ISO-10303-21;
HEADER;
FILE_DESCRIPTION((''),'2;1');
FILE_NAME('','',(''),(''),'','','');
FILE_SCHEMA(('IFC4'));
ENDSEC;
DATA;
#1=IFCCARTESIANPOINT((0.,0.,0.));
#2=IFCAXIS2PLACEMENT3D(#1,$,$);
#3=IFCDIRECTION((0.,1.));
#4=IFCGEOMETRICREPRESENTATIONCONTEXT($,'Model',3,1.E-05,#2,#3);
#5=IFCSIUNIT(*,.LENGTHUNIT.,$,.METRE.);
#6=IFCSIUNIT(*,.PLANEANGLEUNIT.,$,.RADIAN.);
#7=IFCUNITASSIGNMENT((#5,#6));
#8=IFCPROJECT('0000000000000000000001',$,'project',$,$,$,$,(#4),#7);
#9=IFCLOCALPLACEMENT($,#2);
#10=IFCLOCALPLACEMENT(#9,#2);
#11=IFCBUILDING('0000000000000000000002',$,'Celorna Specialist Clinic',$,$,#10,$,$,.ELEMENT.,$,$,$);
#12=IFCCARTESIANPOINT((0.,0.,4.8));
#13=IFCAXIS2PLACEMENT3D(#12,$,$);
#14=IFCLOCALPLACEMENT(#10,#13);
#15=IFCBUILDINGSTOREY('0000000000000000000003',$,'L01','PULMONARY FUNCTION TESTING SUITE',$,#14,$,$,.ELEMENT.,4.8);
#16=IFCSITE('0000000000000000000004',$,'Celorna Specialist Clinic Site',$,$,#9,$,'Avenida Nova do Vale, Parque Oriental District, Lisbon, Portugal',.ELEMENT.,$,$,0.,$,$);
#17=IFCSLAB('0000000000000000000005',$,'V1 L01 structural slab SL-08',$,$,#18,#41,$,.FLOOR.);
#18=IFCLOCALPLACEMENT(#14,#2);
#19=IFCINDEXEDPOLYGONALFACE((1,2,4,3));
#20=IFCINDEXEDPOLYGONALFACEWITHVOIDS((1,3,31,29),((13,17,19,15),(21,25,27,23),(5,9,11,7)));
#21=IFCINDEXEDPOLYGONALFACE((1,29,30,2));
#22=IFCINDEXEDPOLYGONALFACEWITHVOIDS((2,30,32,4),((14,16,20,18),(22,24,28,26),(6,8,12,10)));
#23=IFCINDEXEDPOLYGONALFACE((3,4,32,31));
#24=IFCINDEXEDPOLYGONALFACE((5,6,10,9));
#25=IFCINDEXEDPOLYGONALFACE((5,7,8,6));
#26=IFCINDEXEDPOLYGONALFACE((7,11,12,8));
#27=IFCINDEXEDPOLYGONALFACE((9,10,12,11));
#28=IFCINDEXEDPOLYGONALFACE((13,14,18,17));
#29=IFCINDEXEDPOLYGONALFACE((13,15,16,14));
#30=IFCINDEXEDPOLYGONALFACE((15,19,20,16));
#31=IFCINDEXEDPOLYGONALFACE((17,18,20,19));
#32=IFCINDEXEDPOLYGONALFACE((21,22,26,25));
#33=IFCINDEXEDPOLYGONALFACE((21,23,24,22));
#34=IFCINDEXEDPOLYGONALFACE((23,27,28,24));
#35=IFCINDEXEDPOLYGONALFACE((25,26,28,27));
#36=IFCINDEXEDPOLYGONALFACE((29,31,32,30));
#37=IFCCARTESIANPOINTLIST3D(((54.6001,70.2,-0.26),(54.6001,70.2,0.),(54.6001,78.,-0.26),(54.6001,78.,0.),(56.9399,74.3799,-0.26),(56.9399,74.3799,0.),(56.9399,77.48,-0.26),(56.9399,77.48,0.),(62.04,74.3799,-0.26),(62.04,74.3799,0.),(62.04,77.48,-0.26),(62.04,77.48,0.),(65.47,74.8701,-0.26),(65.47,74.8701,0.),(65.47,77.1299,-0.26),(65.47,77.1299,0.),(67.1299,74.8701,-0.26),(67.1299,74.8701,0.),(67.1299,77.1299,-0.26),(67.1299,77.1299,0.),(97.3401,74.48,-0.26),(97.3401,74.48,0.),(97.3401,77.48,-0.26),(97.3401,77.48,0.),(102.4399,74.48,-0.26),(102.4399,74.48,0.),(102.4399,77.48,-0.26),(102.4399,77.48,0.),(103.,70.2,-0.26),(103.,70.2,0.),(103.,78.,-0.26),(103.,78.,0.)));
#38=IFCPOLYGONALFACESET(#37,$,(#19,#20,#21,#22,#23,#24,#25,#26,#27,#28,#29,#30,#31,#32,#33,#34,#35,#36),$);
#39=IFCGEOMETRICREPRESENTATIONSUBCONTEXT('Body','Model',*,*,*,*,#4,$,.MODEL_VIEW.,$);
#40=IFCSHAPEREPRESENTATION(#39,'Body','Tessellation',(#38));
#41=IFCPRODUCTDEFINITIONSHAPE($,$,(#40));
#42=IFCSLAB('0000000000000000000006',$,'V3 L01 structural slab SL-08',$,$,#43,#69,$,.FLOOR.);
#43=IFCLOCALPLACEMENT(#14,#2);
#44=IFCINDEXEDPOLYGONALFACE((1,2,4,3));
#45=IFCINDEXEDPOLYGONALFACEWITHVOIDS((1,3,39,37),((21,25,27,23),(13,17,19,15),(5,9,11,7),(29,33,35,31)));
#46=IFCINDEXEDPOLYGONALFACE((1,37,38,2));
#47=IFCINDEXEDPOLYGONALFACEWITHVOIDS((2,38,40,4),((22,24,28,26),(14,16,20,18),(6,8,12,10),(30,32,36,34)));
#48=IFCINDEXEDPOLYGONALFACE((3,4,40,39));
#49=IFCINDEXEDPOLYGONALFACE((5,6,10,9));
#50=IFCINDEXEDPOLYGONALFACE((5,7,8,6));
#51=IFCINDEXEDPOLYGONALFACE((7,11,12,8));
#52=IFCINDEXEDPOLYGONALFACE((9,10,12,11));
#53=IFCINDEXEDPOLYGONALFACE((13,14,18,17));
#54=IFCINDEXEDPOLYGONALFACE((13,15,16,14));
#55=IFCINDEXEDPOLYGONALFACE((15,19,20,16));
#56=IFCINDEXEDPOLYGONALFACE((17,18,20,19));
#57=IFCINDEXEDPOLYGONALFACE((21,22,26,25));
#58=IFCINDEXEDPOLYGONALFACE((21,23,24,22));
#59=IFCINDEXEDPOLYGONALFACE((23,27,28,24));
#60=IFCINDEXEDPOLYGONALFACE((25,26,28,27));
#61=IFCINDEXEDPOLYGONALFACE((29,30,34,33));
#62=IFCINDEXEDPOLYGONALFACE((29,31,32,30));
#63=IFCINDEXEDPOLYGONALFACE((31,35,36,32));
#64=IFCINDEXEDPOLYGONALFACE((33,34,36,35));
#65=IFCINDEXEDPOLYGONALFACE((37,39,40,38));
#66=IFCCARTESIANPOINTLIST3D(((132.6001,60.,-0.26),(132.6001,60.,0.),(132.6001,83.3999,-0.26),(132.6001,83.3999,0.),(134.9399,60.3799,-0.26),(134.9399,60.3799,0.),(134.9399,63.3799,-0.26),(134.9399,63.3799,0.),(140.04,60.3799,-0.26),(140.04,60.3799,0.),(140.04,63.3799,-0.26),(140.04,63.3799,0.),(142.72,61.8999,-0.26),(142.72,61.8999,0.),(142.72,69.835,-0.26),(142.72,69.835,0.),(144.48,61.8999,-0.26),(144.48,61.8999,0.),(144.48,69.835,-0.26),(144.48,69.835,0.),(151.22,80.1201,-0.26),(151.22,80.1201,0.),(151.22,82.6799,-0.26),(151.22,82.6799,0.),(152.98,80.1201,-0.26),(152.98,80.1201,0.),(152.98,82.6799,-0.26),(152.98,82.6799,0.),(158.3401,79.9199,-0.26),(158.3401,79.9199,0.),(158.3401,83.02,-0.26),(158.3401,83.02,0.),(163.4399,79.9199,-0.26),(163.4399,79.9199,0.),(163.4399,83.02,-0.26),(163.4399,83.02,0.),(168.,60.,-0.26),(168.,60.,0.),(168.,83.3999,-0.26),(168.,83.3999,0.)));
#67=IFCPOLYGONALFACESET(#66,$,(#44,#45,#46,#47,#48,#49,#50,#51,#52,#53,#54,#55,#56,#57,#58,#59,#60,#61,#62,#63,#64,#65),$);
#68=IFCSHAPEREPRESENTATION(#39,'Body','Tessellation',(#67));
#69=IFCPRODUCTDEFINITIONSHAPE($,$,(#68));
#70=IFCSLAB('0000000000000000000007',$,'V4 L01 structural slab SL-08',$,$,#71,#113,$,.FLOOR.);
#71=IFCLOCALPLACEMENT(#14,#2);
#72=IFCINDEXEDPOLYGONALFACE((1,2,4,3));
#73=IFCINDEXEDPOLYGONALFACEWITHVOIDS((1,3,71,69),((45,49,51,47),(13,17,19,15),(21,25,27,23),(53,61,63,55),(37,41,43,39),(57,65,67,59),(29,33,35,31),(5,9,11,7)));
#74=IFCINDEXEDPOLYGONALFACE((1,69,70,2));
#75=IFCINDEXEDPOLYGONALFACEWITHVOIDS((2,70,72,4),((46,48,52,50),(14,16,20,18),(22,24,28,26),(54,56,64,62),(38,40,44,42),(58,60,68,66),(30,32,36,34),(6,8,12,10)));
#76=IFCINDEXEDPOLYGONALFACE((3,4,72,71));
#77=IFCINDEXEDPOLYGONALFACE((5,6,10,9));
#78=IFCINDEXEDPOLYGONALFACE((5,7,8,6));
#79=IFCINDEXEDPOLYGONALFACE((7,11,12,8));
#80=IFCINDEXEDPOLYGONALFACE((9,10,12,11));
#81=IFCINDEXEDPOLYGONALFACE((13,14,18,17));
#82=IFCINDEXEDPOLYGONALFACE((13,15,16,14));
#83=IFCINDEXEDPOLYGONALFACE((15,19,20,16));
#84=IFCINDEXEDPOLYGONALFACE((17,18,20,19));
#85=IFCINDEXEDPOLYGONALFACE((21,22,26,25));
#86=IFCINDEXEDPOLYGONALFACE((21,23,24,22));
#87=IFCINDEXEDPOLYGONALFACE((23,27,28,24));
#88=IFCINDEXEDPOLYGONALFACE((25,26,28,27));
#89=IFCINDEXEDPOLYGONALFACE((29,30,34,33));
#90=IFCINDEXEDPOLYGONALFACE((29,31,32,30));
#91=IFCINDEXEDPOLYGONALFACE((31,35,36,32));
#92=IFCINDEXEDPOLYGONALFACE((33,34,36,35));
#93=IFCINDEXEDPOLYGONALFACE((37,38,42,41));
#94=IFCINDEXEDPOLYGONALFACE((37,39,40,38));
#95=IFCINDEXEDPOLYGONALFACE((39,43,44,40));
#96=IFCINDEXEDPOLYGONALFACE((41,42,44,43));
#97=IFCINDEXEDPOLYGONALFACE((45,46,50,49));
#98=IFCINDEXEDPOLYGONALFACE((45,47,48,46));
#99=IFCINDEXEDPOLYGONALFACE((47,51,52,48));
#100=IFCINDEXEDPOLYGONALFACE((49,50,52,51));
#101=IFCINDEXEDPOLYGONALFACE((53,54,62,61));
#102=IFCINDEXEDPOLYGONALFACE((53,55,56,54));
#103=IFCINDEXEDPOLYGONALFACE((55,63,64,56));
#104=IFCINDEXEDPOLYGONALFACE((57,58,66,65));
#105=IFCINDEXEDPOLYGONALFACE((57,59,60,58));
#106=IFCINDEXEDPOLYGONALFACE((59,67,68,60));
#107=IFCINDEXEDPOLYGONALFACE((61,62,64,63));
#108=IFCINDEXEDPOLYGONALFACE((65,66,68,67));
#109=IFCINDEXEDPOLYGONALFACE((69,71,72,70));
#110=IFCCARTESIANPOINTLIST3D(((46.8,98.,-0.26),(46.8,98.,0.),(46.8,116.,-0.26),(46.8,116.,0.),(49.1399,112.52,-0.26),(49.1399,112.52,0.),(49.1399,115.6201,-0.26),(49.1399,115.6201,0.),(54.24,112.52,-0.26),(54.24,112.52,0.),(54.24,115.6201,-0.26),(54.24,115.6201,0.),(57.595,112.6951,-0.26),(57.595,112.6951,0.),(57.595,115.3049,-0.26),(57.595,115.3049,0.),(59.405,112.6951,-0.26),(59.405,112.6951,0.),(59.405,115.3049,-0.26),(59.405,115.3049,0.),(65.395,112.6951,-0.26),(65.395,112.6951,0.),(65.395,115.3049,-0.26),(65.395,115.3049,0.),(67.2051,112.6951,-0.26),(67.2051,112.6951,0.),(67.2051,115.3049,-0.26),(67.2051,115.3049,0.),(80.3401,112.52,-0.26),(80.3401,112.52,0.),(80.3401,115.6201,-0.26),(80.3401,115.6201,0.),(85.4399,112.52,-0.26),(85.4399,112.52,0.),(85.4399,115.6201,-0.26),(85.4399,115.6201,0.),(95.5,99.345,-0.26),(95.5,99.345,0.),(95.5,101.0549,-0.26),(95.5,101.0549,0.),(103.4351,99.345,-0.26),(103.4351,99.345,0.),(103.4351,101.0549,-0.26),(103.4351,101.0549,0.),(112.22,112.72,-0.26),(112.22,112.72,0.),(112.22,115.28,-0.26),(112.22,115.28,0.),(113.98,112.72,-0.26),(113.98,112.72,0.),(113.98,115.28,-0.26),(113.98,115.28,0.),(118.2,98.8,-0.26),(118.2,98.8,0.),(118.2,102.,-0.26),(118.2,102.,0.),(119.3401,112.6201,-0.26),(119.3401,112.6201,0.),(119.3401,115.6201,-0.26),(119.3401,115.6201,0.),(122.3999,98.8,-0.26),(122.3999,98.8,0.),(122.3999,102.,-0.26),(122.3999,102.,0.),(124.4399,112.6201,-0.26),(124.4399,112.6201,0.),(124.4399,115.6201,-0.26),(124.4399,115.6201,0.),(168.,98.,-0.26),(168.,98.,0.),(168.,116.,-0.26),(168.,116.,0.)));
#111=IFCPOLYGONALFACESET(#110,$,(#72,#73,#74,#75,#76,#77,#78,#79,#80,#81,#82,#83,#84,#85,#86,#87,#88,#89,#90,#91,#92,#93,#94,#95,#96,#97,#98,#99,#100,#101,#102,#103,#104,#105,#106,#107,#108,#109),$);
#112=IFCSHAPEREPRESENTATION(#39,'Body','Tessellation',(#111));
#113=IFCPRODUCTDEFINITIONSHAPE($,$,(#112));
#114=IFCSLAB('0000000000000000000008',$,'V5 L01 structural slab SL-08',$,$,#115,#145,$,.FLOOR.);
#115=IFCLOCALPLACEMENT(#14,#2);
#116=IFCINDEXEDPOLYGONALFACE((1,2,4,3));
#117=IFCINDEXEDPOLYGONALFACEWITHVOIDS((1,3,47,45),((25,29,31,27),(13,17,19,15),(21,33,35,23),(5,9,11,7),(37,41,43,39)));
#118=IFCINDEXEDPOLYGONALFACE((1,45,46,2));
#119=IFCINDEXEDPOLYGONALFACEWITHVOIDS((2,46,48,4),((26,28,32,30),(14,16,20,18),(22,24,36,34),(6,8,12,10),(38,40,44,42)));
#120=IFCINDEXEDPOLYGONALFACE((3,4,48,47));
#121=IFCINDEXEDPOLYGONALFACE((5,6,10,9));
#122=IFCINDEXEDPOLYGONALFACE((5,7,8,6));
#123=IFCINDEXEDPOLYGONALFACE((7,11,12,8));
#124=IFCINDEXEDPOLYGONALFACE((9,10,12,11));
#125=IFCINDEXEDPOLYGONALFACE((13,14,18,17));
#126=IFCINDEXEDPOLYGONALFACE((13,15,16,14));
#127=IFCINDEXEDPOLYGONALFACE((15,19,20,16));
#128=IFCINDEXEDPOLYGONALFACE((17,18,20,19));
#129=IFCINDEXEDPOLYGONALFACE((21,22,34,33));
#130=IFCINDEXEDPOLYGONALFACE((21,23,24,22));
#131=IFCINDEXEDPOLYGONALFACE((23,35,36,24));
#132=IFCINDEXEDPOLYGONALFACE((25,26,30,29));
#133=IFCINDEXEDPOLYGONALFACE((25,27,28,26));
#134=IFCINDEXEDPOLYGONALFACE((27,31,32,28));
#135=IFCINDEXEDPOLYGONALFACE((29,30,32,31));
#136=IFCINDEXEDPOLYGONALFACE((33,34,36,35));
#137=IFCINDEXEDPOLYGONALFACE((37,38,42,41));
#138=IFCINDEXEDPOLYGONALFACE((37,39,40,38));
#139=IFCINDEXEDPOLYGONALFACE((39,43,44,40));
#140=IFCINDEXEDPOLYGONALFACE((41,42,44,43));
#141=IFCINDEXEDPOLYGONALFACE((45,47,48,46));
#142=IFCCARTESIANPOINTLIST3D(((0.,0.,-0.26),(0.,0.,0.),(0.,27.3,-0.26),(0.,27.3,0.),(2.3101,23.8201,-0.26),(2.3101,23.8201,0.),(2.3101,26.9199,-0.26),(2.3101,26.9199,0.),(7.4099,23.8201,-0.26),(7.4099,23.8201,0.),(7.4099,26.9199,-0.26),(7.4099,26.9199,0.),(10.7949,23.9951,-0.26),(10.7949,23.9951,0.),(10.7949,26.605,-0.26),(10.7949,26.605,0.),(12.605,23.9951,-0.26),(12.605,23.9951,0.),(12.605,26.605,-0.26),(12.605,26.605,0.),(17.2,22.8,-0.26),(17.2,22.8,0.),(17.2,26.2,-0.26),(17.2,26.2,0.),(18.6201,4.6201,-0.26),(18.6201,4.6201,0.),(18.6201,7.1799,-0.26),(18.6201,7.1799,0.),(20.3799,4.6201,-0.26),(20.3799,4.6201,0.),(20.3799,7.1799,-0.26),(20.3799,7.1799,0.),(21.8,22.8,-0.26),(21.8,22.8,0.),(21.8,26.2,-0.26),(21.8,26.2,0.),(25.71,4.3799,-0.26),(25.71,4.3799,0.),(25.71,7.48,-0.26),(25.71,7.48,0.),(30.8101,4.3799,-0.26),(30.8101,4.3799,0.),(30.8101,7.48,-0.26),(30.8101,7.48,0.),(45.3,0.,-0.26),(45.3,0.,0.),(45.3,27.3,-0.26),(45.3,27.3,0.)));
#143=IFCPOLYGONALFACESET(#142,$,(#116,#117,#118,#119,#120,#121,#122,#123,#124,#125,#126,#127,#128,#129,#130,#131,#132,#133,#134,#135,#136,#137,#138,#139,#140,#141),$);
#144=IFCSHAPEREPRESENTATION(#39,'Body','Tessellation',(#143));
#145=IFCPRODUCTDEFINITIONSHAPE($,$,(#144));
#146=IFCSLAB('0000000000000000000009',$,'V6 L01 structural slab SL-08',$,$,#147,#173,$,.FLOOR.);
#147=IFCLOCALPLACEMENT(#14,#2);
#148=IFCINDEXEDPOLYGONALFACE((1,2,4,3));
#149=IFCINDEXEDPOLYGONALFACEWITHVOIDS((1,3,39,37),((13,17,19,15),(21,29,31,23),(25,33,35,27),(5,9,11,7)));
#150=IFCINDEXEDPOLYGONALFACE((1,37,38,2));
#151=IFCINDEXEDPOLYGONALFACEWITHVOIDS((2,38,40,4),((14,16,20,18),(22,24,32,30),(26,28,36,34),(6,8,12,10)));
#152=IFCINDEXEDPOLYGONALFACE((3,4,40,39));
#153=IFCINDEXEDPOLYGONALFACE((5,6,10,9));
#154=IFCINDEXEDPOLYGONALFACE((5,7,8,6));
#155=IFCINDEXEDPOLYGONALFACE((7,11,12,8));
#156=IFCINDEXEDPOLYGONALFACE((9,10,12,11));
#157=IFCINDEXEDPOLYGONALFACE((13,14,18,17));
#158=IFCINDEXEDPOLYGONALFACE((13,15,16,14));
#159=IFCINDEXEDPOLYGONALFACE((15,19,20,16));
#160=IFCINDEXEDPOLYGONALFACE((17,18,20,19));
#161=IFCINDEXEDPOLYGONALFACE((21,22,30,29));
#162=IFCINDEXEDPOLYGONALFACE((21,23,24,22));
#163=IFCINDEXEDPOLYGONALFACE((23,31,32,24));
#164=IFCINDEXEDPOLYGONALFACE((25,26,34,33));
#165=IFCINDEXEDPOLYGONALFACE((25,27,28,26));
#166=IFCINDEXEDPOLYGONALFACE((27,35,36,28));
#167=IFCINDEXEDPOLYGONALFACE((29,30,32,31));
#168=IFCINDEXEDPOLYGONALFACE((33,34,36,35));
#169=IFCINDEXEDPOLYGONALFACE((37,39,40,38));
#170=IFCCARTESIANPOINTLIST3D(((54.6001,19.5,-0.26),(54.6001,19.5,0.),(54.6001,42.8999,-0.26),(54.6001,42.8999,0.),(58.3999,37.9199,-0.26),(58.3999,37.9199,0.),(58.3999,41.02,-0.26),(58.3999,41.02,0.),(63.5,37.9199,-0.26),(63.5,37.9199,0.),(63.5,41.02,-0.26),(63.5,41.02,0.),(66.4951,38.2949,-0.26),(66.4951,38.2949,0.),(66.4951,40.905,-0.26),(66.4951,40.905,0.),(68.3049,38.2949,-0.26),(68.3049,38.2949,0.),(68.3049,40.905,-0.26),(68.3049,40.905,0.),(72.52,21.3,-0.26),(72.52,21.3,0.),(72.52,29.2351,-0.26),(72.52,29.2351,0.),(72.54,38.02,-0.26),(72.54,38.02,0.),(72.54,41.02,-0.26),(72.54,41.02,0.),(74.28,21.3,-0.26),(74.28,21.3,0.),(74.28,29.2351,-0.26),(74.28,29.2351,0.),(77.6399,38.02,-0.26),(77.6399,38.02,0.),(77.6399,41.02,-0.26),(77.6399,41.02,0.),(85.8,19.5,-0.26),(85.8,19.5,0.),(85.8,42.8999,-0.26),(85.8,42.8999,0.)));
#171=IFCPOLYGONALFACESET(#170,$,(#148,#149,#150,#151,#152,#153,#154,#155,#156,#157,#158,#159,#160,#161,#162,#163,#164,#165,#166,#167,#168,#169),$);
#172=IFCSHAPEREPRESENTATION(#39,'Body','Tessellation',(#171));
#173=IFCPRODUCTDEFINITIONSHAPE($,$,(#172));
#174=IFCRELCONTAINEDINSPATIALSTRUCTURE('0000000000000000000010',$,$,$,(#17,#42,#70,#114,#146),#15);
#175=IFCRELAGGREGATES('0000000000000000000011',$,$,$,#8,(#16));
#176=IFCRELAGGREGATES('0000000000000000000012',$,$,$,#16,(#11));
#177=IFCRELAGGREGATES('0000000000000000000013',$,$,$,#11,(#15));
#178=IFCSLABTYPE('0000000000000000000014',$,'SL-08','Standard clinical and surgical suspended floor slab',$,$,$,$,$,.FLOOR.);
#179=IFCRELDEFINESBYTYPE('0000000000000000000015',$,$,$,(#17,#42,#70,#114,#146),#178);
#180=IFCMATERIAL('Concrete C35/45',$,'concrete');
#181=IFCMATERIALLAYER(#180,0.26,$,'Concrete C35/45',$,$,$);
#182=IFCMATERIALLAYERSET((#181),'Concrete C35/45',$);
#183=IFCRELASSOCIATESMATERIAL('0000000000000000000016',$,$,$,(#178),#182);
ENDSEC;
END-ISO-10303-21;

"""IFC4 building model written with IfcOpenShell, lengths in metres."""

from ifc_helpers import new_model, si_unit, direction, frame, origin, place, context, subcontext, project, spatial, polyline, outline, extrude, material, layer, layer_set, type_object, element, save


model = new_model("IFC4")

# Units and contexts
model_context = context("Model", 3, precision=1e-05, world=origin(), true_north=direction((0.0, 1.0)))
body_context = subcontext(model_context, "Body", "Model", "MODEL_VIEW")
ifc_project = project(units=[si_unit("LENGTHUNIT", "METRE"), si_unit("PLANEANGLEUNIT", "RADIAN")], contexts=[model_context])

# Site, building, storey
site_placement = place(None, origin())
site = spatial("IfcSite", under=ifc_project, at=site_placement, Name="Celorna Specialist Clinic Site", LongName="Avenida Nova do Vale, Parque Oriental District, Lisbon, Portugal", CompositionType="ELEMENT", RefElevation=0.0)
building_placement = place(site_placement, origin())
building = spatial("IfcBuilding", under=site, at=building_placement, Name="Celorna Specialist Clinic", CompositionType="ELEMENT")
storey_placement = place(building_placement, frame((0.0, 0.0, 4.8)))
storey = spatial("IfcBuildingStorey", under=building, at=storey_placement, Name="L01", Description="PULMONARY FUNCTION TESTING SUITE", CompositionType="ELEMENT", Elevation=4.8)

# Slabs
ifc_material_1 = material(Name="Concrete C35/45", Category="concrete")
ifc_layer_1 = layer(ifc_material_1, 0.26, Name="Concrete C35/45")
ifc_layer_set_1 = layer_set([ifc_layer_1], Name="Concrete C35/45")
slab_type_1 = type_object("IfcSlabType", Name="SL-08", Description="Standard clinical and surgical suspended floor slab", PredefinedType="FLOOR", material=ifc_layer_set_1)
slab_1_placement = place(storey_placement, frame((0.0, 0.0, -0.26)))
element("IfcSlab", 1, at=slab_1_placement, inside=storey, type_object=slab_type_1, Name="V1 L01 structural slab SL-08", PredefinedType="FLOOR", context=body_context, shape_type="SweptSolid", body=[
    extrude(outline(polyline([(103.0, 70.2), (103.0, 78.0), (54.6001, 78.0), (54.6001, 70.2), (103.0, 70.2)]), holes=[polyline([(56.9399, 74.3799), (62.04, 74.3799), (62.04, 77.48), (56.9399, 77.48), (56.9399, 74.3799)]), polyline([(97.3401, 74.48), (102.4399, 74.48), (102.4399, 77.48), (97.3401, 77.48), (97.3401, 74.48)]), polyline([(65.47, 74.8701), (67.1299, 74.8701), (67.1299, 77.1299), (65.47, 77.1299), (65.47, 74.8701)])]), origin(), (0.0, 0.0, 1.0), 0.26),
])
slab_2_placement = place(storey_placement, frame((0.0, 0.0, -0.26)))
element("IfcSlab", 2, at=slab_2_placement, inside=storey, type_object=slab_type_1, Name="V3 L01 structural slab SL-08", PredefinedType="FLOOR", context=body_context, shape_type="SweptSolid", body=[
    extrude(outline(polyline([(168.0, 60.0), (168.0, 83.3999), (132.6001, 83.3999), (132.6001, 60.0), (168.0, 60.0)]), holes=[polyline([(158.3401, 79.9199), (163.4399, 79.9199), (163.4399, 83.02), (158.3401, 83.02), (158.3401, 79.9199)]), polyline([(134.9399, 60.3799), (140.04, 60.3799), (140.04, 63.3799), (134.9399, 63.3799), (134.9399, 60.3799)]), polyline([(142.72, 61.8999), (144.48, 61.8999), (144.48, 69.835), (142.72, 69.835), (142.72, 61.8999)]), polyline([(151.22, 80.1201), (152.98, 80.1201), (152.98, 82.6799), (151.22, 82.6799), (151.22, 80.1201)])]), origin(), (0.0, 0.0, 1.0), 0.26),
])
slab_3_placement = place(storey_placement, frame((0.0, 0.0, -0.26)))
element("IfcSlab", 3, at=slab_3_placement, inside=storey, type_object=slab_type_1, Name="V4 L01 structural slab SL-08", PredefinedType="FLOOR", context=body_context, shape_type="SweptSolid", body=[
    extrude(outline(polyline([(168.0, 98.0), (168.0, 116.0), (46.8, 116.0), (46.8, 98.0), (168.0, 98.0)]), holes=[polyline([(49.1399, 112.52), (54.24, 112.52), (54.24, 115.6201), (49.1399, 115.6201), (49.1399, 112.52)]), polyline([(80.3401, 112.52), (85.4399, 112.52), (85.4399, 115.6201), (80.3401, 115.6201), (80.3401, 112.52)]), polyline([(119.3401, 112.6201), (124.4399, 112.6201), (124.4399, 115.6201), (119.3401, 115.6201), (119.3401, 112.6201)]), polyline([(95.5, 99.345), (103.4351, 99.345), (103.4351, 101.0549), (95.5, 101.0549), (95.5, 99.345)]), polyline([(57.595, 112.6951), (59.405, 112.6951), (59.405, 115.3049), (57.595, 115.3049), (57.595, 112.6951)]), polyline([(65.395, 112.6951), (67.2051, 112.6951), (67.2051, 115.3049), (65.395, 115.3049), (65.395, 112.6951)]), polyline([(112.22, 112.72), (113.98, 112.72), (113.98, 115.28), (112.22, 115.28), (112.22, 112.72)]), polyline([(118.2, 98.8), (122.3999, 98.8), (122.3999, 102.0), (118.2, 102.0), (118.2, 98.8)])]), origin(), (0.0, 0.0, 1.0), 0.26),
])
slab_4_placement = place(storey_placement, frame((0.0, 0.0, -0.26)))
element("IfcSlab", 4, at=slab_4_placement, inside=storey, type_object=slab_type_1, Name="V5 L01 structural slab SL-08", PredefinedType="FLOOR", context=body_context, shape_type="SweptSolid", body=[
    extrude(outline(polyline([(45.3, 0.0), (45.3, 27.3), (0.0, 27.3), (0.0, 0.0), (45.3, 0.0)]), holes=[polyline([(2.3101, 23.8201), (7.4099, 23.8201), (7.4099, 26.9199), (2.3101, 26.9199), (2.3101, 23.8201)]), polyline([(25.71, 4.3799), (30.8101, 4.3799), (30.8101, 7.48), (25.71, 7.48), (25.71, 4.3799)]), polyline([(10.7949, 23.9951), (12.605, 23.9951), (12.605, 26.605), (10.7949, 26.605), (10.7949, 23.9951)]), polyline([(18.6201, 4.6201), (20.3799, 4.6201), (20.3799, 7.1799), (18.6201, 7.1799), (18.6201, 4.6201)]), polyline([(17.2, 22.8), (21.8, 22.8), (21.8, 26.2), (17.2, 26.2), (17.2, 22.8)])]), origin(), (0.0, 0.0, 1.0), 0.26),
])
slab_5_placement = place(storey_placement, frame((0.0, 0.0, -0.26)))
element("IfcSlab", 5, at=slab_5_placement, inside=storey, type_object=slab_type_1, Name="V6 L01 structural slab SL-08", PredefinedType="FLOOR", context=body_context, shape_type="SweptSolid", body=[
    extrude(outline(polyline([(85.8, 19.5), (85.8, 42.8999), (54.6001, 42.8999), (54.6001, 19.5), (85.8, 19.5)]), holes=[polyline([(58.3999, 37.9199), (63.5, 37.9199), (63.5, 41.02), (58.3999, 41.02), (58.3999, 37.9199)]), polyline([(72.54, 38.02), (77.6399, 38.02), (77.6399, 41.02), (72.54, 41.02), (72.54, 38.02)]), polyline([(72.52, 21.3), (74.28, 21.3), (74.28, 29.2351), (72.52, 29.2351), (72.52, 21.3)]), polyline([(66.4951, 38.2949), (68.3049, 38.2949), (68.3049, 40.905), (66.4951, 40.905), (66.4951, 38.2949)])]), origin(), (0.0, 0.0, 1.0), 0.26),
])

save(model, "model.ifc")
